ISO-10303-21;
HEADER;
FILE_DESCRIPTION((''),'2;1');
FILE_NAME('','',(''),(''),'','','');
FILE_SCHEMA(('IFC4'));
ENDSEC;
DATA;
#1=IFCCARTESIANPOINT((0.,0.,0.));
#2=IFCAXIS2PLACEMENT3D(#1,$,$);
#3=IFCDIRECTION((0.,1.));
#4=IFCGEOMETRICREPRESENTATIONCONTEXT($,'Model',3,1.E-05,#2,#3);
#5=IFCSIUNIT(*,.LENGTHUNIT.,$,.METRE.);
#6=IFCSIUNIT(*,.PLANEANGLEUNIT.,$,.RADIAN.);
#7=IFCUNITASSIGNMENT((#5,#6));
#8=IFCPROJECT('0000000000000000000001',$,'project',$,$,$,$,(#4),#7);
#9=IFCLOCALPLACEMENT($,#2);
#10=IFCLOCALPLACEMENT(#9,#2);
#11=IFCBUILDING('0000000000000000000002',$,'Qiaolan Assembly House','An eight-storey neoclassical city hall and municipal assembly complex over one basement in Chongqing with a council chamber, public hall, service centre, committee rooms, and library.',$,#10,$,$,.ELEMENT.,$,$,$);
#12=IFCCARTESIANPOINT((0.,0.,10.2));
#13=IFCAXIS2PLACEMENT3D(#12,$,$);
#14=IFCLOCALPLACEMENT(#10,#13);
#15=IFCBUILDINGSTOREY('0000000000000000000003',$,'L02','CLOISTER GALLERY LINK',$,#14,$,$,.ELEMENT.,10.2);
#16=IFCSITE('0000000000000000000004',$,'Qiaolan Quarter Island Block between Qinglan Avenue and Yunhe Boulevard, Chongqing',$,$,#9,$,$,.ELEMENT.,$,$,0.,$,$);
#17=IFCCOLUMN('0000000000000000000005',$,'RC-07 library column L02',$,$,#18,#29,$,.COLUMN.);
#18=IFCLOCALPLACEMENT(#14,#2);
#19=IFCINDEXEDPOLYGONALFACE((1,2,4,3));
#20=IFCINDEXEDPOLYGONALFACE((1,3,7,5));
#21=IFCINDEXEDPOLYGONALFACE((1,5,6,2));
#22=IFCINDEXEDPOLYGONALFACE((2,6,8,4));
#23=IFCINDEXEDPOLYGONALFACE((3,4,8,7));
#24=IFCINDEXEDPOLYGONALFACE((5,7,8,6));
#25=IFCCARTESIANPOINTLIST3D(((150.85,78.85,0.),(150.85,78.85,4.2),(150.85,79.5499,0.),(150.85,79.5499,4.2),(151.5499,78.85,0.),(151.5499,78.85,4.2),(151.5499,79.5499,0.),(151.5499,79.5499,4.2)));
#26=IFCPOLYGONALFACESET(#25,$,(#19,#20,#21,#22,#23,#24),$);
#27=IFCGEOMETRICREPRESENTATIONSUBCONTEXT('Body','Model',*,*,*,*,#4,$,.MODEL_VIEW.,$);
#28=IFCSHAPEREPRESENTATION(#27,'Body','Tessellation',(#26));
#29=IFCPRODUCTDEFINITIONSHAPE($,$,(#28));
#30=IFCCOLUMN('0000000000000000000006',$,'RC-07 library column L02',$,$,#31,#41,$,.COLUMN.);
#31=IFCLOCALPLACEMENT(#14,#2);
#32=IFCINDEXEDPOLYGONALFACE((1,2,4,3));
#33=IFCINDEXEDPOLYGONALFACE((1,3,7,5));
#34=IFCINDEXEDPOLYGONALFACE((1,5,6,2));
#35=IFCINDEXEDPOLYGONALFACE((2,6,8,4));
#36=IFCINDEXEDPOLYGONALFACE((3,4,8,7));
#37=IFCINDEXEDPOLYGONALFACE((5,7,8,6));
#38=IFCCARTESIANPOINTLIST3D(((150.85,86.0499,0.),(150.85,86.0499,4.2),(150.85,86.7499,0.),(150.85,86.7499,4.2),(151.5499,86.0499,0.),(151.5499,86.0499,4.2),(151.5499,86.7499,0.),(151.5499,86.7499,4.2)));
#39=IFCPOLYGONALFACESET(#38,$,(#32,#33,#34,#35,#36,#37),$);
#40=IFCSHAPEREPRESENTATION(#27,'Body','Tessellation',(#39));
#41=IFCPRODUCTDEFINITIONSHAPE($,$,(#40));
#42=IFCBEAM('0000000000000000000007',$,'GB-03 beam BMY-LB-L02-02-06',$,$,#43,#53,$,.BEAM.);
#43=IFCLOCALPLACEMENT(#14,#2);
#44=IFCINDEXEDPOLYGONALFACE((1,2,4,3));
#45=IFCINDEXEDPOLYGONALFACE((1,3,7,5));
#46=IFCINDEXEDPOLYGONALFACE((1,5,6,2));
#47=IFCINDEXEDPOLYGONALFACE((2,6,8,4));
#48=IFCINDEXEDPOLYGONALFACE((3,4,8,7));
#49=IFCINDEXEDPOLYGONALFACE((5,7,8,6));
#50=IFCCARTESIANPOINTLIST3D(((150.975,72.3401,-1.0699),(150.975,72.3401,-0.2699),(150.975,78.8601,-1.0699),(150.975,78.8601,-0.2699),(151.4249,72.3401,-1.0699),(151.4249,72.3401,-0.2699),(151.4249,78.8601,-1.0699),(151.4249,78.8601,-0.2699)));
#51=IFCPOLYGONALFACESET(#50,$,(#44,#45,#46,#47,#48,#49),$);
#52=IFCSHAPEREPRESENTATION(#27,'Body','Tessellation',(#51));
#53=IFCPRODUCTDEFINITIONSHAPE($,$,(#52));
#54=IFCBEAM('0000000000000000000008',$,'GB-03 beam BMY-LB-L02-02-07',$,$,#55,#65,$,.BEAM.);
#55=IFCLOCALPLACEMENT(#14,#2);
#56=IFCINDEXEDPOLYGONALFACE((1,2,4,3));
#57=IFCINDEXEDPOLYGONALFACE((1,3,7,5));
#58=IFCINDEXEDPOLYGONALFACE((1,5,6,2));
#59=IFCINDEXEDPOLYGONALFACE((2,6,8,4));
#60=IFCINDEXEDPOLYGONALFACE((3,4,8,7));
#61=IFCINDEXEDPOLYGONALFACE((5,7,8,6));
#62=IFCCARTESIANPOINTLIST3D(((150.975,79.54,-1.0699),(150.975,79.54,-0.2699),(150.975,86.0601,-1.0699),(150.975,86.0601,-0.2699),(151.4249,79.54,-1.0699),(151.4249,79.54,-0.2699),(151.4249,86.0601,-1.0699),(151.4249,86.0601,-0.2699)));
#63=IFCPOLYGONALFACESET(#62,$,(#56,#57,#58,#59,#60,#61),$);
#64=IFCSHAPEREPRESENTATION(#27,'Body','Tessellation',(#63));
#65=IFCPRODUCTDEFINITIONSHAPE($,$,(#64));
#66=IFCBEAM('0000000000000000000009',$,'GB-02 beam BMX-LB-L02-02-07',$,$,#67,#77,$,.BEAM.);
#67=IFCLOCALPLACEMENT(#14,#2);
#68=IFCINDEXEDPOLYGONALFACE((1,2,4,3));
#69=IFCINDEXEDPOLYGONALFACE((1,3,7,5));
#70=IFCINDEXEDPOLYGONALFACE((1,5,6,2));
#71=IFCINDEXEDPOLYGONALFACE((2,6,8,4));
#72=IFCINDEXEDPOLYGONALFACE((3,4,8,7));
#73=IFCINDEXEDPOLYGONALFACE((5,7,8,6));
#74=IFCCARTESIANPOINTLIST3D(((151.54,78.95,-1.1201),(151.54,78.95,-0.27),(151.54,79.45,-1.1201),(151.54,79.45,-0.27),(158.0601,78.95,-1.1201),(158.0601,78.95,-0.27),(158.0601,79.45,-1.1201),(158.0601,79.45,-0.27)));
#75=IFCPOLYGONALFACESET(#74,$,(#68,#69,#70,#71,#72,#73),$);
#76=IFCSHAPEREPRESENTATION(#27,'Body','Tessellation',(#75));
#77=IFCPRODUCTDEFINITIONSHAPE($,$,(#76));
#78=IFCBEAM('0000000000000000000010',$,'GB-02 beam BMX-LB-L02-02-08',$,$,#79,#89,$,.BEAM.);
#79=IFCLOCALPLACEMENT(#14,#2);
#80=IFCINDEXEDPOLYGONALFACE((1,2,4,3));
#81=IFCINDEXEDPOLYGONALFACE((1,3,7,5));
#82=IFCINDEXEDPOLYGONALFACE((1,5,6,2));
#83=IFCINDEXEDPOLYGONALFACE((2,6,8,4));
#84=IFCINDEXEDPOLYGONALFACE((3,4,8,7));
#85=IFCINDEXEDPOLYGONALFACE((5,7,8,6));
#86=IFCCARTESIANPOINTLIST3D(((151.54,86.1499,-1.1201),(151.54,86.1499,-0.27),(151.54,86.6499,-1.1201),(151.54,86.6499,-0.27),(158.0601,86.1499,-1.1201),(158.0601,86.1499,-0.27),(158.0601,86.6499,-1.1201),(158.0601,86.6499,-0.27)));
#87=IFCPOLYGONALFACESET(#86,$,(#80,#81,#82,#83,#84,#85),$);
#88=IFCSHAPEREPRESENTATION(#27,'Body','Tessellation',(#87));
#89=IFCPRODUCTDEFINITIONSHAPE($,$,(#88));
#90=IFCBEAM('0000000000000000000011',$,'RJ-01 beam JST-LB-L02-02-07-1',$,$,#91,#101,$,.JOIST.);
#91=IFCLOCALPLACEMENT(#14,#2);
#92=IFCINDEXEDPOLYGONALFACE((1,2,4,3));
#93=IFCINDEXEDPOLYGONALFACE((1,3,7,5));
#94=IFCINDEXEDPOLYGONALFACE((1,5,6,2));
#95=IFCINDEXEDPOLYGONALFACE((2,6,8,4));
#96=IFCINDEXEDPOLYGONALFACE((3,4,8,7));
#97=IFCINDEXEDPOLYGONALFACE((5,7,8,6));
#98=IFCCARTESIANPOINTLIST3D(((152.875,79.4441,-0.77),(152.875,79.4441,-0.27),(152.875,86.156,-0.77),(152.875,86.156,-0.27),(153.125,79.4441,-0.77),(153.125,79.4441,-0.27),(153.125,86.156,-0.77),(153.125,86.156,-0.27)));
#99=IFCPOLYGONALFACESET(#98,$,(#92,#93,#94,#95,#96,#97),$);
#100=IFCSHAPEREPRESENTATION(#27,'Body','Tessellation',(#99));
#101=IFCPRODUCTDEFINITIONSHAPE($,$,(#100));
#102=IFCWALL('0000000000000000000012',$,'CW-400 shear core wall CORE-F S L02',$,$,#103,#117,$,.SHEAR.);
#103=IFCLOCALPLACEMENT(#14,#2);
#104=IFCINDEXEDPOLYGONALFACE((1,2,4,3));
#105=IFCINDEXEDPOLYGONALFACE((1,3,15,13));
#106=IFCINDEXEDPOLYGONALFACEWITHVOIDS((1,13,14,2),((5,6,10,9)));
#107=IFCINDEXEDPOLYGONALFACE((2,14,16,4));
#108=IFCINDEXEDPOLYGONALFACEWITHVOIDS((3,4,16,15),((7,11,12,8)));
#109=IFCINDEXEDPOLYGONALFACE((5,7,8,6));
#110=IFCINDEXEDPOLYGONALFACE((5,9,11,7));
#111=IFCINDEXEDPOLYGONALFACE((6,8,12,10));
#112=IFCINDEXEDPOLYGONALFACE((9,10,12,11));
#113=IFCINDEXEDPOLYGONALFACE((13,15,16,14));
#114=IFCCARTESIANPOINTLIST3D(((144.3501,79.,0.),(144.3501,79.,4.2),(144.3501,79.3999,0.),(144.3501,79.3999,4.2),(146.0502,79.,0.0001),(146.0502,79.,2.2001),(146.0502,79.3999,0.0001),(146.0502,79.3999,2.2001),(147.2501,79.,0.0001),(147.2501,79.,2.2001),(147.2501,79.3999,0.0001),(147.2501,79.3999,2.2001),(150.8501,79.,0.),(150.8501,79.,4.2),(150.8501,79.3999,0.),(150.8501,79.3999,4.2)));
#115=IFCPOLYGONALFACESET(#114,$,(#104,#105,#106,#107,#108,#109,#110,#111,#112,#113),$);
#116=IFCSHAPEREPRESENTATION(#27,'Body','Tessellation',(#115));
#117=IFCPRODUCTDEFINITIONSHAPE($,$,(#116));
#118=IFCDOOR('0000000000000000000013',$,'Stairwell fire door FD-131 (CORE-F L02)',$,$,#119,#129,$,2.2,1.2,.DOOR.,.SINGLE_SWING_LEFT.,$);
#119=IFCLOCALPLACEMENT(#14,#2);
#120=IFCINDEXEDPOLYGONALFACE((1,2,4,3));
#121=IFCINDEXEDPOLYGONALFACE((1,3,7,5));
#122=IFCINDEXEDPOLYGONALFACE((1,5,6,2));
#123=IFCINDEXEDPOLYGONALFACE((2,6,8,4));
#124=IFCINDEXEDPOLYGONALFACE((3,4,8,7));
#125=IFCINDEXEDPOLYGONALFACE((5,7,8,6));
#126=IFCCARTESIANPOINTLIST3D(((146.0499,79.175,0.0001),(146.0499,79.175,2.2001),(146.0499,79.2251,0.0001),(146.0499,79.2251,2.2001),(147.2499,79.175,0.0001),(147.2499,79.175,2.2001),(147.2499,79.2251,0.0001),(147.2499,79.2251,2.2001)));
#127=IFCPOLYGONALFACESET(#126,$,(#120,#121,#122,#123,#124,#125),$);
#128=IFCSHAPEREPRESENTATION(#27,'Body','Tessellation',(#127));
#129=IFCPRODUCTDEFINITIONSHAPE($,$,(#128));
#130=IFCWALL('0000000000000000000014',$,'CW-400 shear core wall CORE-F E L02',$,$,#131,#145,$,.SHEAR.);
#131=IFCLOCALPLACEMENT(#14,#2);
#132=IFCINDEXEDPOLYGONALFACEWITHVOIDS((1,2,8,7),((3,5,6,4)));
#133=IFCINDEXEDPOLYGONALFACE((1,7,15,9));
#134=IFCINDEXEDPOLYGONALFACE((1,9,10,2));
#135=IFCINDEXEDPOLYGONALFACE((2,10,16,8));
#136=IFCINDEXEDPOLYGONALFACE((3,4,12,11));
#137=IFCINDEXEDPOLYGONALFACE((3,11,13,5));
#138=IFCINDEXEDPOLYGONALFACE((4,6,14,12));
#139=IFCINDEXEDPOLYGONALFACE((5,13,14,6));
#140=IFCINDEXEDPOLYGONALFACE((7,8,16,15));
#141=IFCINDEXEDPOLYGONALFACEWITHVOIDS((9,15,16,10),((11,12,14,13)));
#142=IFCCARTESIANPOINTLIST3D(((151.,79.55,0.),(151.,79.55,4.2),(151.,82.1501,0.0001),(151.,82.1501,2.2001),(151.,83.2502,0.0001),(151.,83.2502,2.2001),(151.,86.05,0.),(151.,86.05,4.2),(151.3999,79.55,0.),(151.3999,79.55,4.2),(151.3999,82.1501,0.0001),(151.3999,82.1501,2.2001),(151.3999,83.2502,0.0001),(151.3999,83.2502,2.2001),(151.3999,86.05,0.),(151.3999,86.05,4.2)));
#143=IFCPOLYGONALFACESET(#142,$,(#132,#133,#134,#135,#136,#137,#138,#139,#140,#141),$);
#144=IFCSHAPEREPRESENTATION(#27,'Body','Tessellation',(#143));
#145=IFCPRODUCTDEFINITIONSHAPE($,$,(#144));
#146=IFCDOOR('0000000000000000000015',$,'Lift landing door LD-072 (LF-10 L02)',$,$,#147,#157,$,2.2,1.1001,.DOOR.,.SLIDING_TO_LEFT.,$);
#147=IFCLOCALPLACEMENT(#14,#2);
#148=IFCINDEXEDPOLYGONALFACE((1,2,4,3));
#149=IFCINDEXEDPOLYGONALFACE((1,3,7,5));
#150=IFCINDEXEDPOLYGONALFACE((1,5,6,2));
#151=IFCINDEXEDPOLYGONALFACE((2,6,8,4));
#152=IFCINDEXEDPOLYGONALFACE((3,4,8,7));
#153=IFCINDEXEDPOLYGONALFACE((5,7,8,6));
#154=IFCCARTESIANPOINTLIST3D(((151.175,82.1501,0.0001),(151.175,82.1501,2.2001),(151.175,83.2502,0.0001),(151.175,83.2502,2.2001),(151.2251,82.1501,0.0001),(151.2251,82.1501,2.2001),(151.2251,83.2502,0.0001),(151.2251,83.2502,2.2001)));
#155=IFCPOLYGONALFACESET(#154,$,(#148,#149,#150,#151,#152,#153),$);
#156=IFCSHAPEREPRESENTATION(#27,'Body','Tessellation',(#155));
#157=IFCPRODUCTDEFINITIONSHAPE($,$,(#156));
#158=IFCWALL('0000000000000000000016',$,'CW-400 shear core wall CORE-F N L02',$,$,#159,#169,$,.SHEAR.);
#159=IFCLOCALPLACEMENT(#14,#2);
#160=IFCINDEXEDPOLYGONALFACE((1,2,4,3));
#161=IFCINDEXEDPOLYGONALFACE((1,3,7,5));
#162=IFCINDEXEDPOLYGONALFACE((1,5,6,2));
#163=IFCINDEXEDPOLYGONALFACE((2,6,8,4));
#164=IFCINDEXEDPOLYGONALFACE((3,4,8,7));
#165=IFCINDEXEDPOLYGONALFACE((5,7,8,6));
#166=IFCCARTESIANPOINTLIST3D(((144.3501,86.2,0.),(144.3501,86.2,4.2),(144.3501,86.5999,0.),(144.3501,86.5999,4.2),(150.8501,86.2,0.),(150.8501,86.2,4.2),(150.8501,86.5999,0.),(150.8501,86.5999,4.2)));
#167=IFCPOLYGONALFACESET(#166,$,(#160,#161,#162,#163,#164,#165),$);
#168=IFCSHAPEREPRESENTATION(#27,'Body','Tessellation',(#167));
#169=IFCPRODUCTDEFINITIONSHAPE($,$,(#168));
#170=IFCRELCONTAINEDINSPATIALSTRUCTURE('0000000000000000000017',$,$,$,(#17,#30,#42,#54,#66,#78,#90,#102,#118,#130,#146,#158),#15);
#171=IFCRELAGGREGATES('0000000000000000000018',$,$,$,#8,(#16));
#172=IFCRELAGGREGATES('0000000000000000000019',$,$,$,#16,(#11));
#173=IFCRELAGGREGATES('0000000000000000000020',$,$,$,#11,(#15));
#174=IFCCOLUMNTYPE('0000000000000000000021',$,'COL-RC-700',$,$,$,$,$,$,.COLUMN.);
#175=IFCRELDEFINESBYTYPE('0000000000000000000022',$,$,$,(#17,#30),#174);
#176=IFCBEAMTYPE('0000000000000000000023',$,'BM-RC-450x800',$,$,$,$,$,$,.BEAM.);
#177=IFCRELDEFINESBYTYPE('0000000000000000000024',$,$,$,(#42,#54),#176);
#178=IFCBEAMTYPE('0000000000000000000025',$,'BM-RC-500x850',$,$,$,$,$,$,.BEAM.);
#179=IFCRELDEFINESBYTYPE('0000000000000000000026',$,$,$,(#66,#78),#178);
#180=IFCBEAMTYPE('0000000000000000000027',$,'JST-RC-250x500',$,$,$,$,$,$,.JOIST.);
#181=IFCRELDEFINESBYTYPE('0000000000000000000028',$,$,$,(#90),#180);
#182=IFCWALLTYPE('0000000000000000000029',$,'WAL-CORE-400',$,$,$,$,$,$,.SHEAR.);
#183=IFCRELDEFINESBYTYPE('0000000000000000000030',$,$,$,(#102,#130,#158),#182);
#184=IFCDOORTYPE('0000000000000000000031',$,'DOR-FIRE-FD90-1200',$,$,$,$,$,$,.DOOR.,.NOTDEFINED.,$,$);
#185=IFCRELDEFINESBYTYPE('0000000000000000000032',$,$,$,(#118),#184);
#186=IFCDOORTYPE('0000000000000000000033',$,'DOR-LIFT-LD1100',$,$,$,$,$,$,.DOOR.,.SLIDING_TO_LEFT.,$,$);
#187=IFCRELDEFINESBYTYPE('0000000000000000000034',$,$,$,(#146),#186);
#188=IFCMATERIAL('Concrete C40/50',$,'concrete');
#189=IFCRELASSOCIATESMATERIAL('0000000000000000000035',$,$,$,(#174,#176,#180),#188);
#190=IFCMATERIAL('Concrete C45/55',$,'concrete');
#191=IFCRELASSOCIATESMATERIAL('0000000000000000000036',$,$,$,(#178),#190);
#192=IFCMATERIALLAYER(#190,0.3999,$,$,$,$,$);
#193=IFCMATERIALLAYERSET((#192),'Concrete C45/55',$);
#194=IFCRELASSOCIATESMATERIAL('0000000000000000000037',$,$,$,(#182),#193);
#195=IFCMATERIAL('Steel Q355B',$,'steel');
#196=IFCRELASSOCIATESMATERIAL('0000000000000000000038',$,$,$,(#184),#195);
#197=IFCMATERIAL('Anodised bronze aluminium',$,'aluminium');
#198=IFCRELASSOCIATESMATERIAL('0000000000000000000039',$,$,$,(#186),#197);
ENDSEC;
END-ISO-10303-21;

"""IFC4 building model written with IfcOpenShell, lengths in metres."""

from ifc_helpers import new_model, si_unit, direction, frame, frame_2d, origin, origin_2d, place, context, subcontext, project, spatial, rectangle, extrude, material, layer, layer_set, material_profile, profile_set, type_object, element, fill, save


model = new_model("IFC4")

# Units and contexts
model_context = context("Model", 3, precision=1e-05, world=origin(), true_north=direction((0.0, 1.0)))
body_context = subcontext(model_context, "Body", "Model", "MODEL_VIEW")
ifc_project = project(units=[si_unit("LENGTHUNIT", "METRE"), si_unit("PLANEANGLEUNIT", "RADIAN")], contexts=[model_context])

# Site, building, storey
site_placement = place(None, origin())
site = spatial("IfcSite", under=ifc_project, at=site_placement, Name="Qiaolan Quarter Island Block between Qinglan Avenue and Yunhe Boulevard, Chongqing", CompositionType="ELEMENT", RefElevation=0.0)
building_placement = place(site_placement, origin())
building = spatial("IfcBuilding", under=site, at=building_placement, Name="Qiaolan Assembly House", Description="An eight-storey neoclassical city hall and municipal assembly complex over one basement in Chongqing with a council chamber, public hall, service centre, committee rooms, and library.", CompositionType="ELEMENT")
storey_placement = place(building_placement, frame((0.0, 0.0, 10.2)))
storey = spatial("IfcBuildingStorey", under=building, at=storey_placement, Name="L02", Description="CLOISTER GALLERY LINK", CompositionType="ELEMENT", Elevation=10.2)

# Columns
ifc_material_1 = material(Name="Concrete C40/50", Category="concrete")
ifc_material_profile_1 = material_profile(ifc_material_1, rectangle(XDim=0.7, YDim=0.7, at=origin_2d()), Name="RC 700x700")
ifc_profile_set_1 = profile_set([ifc_material_profile_1], Name="Concrete C40/50")
column_type = type_object("IfcColumnType", Name="COL-RC-700", PredefinedType="COLUMN", material=ifc_profile_set_1)
for number, where, z_axis, x_axis, name in (
    (1, (151.2, 79.2, 0.0), (0.0, 0.0, 1.0), (1.0, 0.0, 0.0), "RC-07 library column L02"),
    (2, (151.2, 86.3999, 0.0), (0.0, 0.0, 1.0), (1.0, 0.0, 0.0), "RC-07 library column L02"),
):
    element("IfcColumn", number, at=place(storey_placement, frame(where, z_axis=z_axis, x_axis=x_axis)), inside=storey, type_object=column_type, Name=name, PredefinedType="COLUMN", context=body_context, shape_type="SweptSolid", body=[
        extrude(rectangle(XDim=0.7, YDim=0.7, at=origin_2d()), origin(), (0.0, 0.0, 1.0), 4.2),
    ])

# Beams
ifc_material_profile_2 = material_profile(ifc_material_1, rectangle(XDim=0.45, YDim=0.8, at=origin_2d()), Name="RCB 450x800")
ifc_profile_set_2 = profile_set([ifc_material_profile_2], Name="Concrete C40/50")
beam_type_1 = type_object("IfcBeamType", Name="BM-RC-450x800", PredefinedType="BEAM", material=ifc_profile_set_2)
for number, where, z_axis, x_axis, name in (
    (3, (151.2, 72.3401, -0.6699), (0.0, 1.0, 0.0), (-1.0, 0.0, 0.0), "GB-03 beam BMY-LB-L02-02-06"),
    (4, (151.2, 79.54, -0.6699), (0.0, 1.0, 0.0), (-1.0, 0.0, 0.0), "GB-03 beam BMY-LB-L02-02-07"),
):
    element("IfcBeam", number, at=place(storey_placement, frame(where, z_axis=z_axis, x_axis=x_axis)), inside=storey, type_object=beam_type_1, Name=name, PredefinedType="BEAM", context=body_context, shape_type="SweptSolid", body=[
        extrude(rectangle(XDim=0.45, YDim=0.8, at=origin_2d()), origin(), (0.0, 0.0, 1.0), 6.52),
    ])
ifc_material_2 = material(Name="Concrete C45/55", Category="concrete")
ifc_material_profile_3 = material_profile(ifc_material_2, rectangle(XDim=0.5, YDim=0.8501, at=origin_2d()), Name="RCB 500x850")
ifc_profile_set_3 = profile_set([ifc_material_profile_3], Name="Concrete C45/55")
beam_type_2 = type_object("IfcBeamType", Name="BM-RC-500x850", PredefinedType="BEAM", material=ifc_profile_set_3)
for number, where, z_axis, x_axis, name in (
    (5, (151.54, 79.2, -0.6951), (1.0, 0.0, 0.0), (0.0, 1.0, 0.0), "GB-02 beam BMX-LB-L02-02-07"),
    (6, (151.54, 86.3999, -0.6951), (1.0, 0.0, 0.0), (0.0, 1.0, 0.0), "GB-02 beam BMX-LB-L02-02-08"),
):
    element("IfcBeam", number, at=place(storey_placement, frame(where, z_axis=z_axis, x_axis=x_axis)), inside=storey, type_object=beam_type_2, Name=name, PredefinedType="BEAM", context=body_context, shape_type="SweptSolid", body=[
        extrude(rectangle(XDim=0.5, YDim=0.8501, at=origin_2d()), origin(), (0.0, 0.0, 1.0), 6.52),
    ])
ifc_material_profile_4 = material_profile(ifc_material_1, rectangle(XDim=0.25, YDim=0.5, at=origin_2d()), Name="RCB 250x500")
ifc_profile_set_4 = profile_set([ifc_material_profile_4], Name="Concrete C40/50")
beam_type_3 = type_object("IfcBeamType", Name="JST-RC-250x500", PredefinedType="JOIST", material=ifc_profile_set_4)
beam_placement = place(storey_placement, frame((153.0, 79.4441, -0.52), z_axis=(0.0, 1.0, 0.0), x_axis=(-1.0, 0.0, 0.0)))
element("IfcBeam", 7, at=beam_placement, inside=storey, type_object=beam_type_3, Name="RJ-01 beam JST-LB-L02-02-07-1", PredefinedType="JOIST", context=body_context, shape_type="SweptSolid", body=[
    extrude(rectangle(XDim=0.25, YDim=0.5, at=origin_2d()), origin(), (0.0, 0.0, 1.0), 6.7119),
])

# Walls, openings, doors
ifc_layer_1 = layer(ifc_material_2, 0.3999)
ifc_layer_set_1 = layer_set([ifc_layer_1], Name="Concrete C45/55")
wall_type_1 = type_object("IfcWallType", Name="WAL-CORE-400", PredefinedType="SHEAR", material=ifc_layer_set_1)
wall_1_placement = place(storey_placement, frame((144.3501, 79.2, 0.0), z_axis=(0.0, 0.0, 1.0), x_axis=(1.0, 0.0, 0.0)))
wall_1 = element("IfcWall", 8, at=wall_1_placement, inside=storey, type_object=wall_type_1, Name="CW-400 shear core wall CORE-F S L02", PredefinedType="SHEAR", context=body_context, shape_type="SweptSolid", body=[
    extrude(rectangle(XDim=6.5, YDim=0.3999, at=frame_2d((3.25, 0.0))), origin(), (0.0, 0.0, 1.0), 4.2),
])
opening_1_placement = place(wall_1_placement, frame((1.7, 0.0, 0.0)))
opening_1 = element("IfcOpeningElement", 9, at=opening_1_placement, cuts=wall_1, PredefinedType="OPENING", context=body_context, shape_type="SweptSolid", body=[
    extrude(rectangle(XDim=1.2, YDim=2.2, at=frame_2d((0.6001, 1.1001))), frame((0.0, 0.21, 0.0), z_axis=(0.0, -1.0, 0.0), x_axis=(1.0, 0.0, 0.0)), (0.0, 0.0, 1.0), 0.4199),
])
ifc_material_3 = material(Name="Steel Q355B", Category="steel")
door_type_1 = type_object("IfcDoorType", Name="DOR-FIRE-FD90-1200", OperationType="NOTDEFINED", PredefinedType="DOOR", material=ifc_material_3)
door_1_placement = place(opening_1_placement, frame((1.2, 0.0, 0.0), z_axis=(0.0, 0.0, 1.0), x_axis=(-1.0, 0.0, 0.0)))
door_1 = element("IfcDoor", 10, at=door_1_placement, inside=storey, type_object=door_type_1, Name="Stairwell fire door FD-131 (CORE-F L02)", OperationType="SINGLE_SWING_LEFT", OverallHeight=2.2, OverallWidth=1.2, PredefinedType="DOOR", context=body_context, shape_type="SweptSolid", body=[
    extrude(rectangle(XDim=1.2, YDim=2.2, at=frame_2d((0.6001, 1.1001))), frame((0.0, 0.0249, 0.0), z_axis=(0.0, -1.0, 0.0), x_axis=(1.0, 0.0, 0.0)), (0.0, 0.0, 1.0), 0.05),
])
fill(opening_1, door_1)
wall_2_placement = place(storey_placement, frame((151.2, 79.55, 0.0), z_axis=(0.0, 0.0, 1.0), x_axis=(0.0, 1.0, 0.0)))
wall_2 = element("IfcWall", 11, at=wall_2_placement, inside=storey, type_object=wall_type_1, Name="CW-400 shear core wall CORE-F E L02", PredefinedType="SHEAR", context=body_context, shape_type="SweptSolid", body=[
    extrude(rectangle(XDim=6.5, YDim=0.3999, at=frame_2d((3.25, 0.0))), origin(), (0.0, 0.0, 1.0), 4.2),
])
opening_2_placement = place(wall_2_placement, frame((2.6001, 0.0, 0.0)))
opening_2 = element("IfcOpeningElement", 12, at=opening_2_placement, cuts=wall_2, PredefinedType="OPENING", context=body_context, shape_type="SweptSolid", body=[
    extrude(rectangle(XDim=1.1001, YDim=2.2, at=frame_2d((0.55, 1.1001))), frame((0.0, 0.21, 0.0), z_axis=(0.0, -1.0, 0.0), x_axis=(1.0, 0.0, 0.0)), (0.0, 0.0, 1.0), 0.4199),
])
ifc_material_4 = material(Name="Anodised bronze aluminium", Category="aluminium")
door_type_2 = type_object("IfcDoorType", Name="DOR-LIFT-LD1100", OperationType="SLIDING_TO_LEFT", PredefinedType="DOOR", material=ifc_material_4)
door_2_placement = place(opening_2_placement, origin())
door_2 = element("IfcDoor", 13, at=door_2_placement, inside=storey, type_object=door_type_2, Name="Lift landing door LD-072 (LF-10 L02)", OperationType="SLIDING_TO_LEFT", OverallHeight=2.2, OverallWidth=1.1001, PredefinedType="DOOR", context=body_context, shape_type="SweptSolid", body=[
    extrude(rectangle(XDim=1.1001, YDim=2.2, at=frame_2d((0.55, 1.1001))), frame((0.0, 0.0249, 0.0), z_axis=(0.0, -1.0, 0.0), x_axis=(1.0, 0.0, 0.0)), (0.0, 0.0, 1.0), 0.05),
])
fill(opening_2, door_2)

# Wall
wall_3_placement = place(storey_placement, frame((150.8501, 86.3999, 0.0), z_axis=(0.0, 0.0, 1.0), x_axis=(-1.0, 0.0, 0.0)))
element("IfcWall", 14, at=wall_3_placement, inside=storey, type_object=wall_type_1, Name="CW-400 shear core wall CORE-F N L02", PredefinedType="SHEAR", context=body_context, shape_type="SweptSolid", body=[
    extrude(rectangle(XDim=6.5, YDim=0.3999, at=frame_2d((3.25, 0.0))), origin(), (0.0, 0.0, 1.0), 4.2),
])

save(model, "model.ifc")
